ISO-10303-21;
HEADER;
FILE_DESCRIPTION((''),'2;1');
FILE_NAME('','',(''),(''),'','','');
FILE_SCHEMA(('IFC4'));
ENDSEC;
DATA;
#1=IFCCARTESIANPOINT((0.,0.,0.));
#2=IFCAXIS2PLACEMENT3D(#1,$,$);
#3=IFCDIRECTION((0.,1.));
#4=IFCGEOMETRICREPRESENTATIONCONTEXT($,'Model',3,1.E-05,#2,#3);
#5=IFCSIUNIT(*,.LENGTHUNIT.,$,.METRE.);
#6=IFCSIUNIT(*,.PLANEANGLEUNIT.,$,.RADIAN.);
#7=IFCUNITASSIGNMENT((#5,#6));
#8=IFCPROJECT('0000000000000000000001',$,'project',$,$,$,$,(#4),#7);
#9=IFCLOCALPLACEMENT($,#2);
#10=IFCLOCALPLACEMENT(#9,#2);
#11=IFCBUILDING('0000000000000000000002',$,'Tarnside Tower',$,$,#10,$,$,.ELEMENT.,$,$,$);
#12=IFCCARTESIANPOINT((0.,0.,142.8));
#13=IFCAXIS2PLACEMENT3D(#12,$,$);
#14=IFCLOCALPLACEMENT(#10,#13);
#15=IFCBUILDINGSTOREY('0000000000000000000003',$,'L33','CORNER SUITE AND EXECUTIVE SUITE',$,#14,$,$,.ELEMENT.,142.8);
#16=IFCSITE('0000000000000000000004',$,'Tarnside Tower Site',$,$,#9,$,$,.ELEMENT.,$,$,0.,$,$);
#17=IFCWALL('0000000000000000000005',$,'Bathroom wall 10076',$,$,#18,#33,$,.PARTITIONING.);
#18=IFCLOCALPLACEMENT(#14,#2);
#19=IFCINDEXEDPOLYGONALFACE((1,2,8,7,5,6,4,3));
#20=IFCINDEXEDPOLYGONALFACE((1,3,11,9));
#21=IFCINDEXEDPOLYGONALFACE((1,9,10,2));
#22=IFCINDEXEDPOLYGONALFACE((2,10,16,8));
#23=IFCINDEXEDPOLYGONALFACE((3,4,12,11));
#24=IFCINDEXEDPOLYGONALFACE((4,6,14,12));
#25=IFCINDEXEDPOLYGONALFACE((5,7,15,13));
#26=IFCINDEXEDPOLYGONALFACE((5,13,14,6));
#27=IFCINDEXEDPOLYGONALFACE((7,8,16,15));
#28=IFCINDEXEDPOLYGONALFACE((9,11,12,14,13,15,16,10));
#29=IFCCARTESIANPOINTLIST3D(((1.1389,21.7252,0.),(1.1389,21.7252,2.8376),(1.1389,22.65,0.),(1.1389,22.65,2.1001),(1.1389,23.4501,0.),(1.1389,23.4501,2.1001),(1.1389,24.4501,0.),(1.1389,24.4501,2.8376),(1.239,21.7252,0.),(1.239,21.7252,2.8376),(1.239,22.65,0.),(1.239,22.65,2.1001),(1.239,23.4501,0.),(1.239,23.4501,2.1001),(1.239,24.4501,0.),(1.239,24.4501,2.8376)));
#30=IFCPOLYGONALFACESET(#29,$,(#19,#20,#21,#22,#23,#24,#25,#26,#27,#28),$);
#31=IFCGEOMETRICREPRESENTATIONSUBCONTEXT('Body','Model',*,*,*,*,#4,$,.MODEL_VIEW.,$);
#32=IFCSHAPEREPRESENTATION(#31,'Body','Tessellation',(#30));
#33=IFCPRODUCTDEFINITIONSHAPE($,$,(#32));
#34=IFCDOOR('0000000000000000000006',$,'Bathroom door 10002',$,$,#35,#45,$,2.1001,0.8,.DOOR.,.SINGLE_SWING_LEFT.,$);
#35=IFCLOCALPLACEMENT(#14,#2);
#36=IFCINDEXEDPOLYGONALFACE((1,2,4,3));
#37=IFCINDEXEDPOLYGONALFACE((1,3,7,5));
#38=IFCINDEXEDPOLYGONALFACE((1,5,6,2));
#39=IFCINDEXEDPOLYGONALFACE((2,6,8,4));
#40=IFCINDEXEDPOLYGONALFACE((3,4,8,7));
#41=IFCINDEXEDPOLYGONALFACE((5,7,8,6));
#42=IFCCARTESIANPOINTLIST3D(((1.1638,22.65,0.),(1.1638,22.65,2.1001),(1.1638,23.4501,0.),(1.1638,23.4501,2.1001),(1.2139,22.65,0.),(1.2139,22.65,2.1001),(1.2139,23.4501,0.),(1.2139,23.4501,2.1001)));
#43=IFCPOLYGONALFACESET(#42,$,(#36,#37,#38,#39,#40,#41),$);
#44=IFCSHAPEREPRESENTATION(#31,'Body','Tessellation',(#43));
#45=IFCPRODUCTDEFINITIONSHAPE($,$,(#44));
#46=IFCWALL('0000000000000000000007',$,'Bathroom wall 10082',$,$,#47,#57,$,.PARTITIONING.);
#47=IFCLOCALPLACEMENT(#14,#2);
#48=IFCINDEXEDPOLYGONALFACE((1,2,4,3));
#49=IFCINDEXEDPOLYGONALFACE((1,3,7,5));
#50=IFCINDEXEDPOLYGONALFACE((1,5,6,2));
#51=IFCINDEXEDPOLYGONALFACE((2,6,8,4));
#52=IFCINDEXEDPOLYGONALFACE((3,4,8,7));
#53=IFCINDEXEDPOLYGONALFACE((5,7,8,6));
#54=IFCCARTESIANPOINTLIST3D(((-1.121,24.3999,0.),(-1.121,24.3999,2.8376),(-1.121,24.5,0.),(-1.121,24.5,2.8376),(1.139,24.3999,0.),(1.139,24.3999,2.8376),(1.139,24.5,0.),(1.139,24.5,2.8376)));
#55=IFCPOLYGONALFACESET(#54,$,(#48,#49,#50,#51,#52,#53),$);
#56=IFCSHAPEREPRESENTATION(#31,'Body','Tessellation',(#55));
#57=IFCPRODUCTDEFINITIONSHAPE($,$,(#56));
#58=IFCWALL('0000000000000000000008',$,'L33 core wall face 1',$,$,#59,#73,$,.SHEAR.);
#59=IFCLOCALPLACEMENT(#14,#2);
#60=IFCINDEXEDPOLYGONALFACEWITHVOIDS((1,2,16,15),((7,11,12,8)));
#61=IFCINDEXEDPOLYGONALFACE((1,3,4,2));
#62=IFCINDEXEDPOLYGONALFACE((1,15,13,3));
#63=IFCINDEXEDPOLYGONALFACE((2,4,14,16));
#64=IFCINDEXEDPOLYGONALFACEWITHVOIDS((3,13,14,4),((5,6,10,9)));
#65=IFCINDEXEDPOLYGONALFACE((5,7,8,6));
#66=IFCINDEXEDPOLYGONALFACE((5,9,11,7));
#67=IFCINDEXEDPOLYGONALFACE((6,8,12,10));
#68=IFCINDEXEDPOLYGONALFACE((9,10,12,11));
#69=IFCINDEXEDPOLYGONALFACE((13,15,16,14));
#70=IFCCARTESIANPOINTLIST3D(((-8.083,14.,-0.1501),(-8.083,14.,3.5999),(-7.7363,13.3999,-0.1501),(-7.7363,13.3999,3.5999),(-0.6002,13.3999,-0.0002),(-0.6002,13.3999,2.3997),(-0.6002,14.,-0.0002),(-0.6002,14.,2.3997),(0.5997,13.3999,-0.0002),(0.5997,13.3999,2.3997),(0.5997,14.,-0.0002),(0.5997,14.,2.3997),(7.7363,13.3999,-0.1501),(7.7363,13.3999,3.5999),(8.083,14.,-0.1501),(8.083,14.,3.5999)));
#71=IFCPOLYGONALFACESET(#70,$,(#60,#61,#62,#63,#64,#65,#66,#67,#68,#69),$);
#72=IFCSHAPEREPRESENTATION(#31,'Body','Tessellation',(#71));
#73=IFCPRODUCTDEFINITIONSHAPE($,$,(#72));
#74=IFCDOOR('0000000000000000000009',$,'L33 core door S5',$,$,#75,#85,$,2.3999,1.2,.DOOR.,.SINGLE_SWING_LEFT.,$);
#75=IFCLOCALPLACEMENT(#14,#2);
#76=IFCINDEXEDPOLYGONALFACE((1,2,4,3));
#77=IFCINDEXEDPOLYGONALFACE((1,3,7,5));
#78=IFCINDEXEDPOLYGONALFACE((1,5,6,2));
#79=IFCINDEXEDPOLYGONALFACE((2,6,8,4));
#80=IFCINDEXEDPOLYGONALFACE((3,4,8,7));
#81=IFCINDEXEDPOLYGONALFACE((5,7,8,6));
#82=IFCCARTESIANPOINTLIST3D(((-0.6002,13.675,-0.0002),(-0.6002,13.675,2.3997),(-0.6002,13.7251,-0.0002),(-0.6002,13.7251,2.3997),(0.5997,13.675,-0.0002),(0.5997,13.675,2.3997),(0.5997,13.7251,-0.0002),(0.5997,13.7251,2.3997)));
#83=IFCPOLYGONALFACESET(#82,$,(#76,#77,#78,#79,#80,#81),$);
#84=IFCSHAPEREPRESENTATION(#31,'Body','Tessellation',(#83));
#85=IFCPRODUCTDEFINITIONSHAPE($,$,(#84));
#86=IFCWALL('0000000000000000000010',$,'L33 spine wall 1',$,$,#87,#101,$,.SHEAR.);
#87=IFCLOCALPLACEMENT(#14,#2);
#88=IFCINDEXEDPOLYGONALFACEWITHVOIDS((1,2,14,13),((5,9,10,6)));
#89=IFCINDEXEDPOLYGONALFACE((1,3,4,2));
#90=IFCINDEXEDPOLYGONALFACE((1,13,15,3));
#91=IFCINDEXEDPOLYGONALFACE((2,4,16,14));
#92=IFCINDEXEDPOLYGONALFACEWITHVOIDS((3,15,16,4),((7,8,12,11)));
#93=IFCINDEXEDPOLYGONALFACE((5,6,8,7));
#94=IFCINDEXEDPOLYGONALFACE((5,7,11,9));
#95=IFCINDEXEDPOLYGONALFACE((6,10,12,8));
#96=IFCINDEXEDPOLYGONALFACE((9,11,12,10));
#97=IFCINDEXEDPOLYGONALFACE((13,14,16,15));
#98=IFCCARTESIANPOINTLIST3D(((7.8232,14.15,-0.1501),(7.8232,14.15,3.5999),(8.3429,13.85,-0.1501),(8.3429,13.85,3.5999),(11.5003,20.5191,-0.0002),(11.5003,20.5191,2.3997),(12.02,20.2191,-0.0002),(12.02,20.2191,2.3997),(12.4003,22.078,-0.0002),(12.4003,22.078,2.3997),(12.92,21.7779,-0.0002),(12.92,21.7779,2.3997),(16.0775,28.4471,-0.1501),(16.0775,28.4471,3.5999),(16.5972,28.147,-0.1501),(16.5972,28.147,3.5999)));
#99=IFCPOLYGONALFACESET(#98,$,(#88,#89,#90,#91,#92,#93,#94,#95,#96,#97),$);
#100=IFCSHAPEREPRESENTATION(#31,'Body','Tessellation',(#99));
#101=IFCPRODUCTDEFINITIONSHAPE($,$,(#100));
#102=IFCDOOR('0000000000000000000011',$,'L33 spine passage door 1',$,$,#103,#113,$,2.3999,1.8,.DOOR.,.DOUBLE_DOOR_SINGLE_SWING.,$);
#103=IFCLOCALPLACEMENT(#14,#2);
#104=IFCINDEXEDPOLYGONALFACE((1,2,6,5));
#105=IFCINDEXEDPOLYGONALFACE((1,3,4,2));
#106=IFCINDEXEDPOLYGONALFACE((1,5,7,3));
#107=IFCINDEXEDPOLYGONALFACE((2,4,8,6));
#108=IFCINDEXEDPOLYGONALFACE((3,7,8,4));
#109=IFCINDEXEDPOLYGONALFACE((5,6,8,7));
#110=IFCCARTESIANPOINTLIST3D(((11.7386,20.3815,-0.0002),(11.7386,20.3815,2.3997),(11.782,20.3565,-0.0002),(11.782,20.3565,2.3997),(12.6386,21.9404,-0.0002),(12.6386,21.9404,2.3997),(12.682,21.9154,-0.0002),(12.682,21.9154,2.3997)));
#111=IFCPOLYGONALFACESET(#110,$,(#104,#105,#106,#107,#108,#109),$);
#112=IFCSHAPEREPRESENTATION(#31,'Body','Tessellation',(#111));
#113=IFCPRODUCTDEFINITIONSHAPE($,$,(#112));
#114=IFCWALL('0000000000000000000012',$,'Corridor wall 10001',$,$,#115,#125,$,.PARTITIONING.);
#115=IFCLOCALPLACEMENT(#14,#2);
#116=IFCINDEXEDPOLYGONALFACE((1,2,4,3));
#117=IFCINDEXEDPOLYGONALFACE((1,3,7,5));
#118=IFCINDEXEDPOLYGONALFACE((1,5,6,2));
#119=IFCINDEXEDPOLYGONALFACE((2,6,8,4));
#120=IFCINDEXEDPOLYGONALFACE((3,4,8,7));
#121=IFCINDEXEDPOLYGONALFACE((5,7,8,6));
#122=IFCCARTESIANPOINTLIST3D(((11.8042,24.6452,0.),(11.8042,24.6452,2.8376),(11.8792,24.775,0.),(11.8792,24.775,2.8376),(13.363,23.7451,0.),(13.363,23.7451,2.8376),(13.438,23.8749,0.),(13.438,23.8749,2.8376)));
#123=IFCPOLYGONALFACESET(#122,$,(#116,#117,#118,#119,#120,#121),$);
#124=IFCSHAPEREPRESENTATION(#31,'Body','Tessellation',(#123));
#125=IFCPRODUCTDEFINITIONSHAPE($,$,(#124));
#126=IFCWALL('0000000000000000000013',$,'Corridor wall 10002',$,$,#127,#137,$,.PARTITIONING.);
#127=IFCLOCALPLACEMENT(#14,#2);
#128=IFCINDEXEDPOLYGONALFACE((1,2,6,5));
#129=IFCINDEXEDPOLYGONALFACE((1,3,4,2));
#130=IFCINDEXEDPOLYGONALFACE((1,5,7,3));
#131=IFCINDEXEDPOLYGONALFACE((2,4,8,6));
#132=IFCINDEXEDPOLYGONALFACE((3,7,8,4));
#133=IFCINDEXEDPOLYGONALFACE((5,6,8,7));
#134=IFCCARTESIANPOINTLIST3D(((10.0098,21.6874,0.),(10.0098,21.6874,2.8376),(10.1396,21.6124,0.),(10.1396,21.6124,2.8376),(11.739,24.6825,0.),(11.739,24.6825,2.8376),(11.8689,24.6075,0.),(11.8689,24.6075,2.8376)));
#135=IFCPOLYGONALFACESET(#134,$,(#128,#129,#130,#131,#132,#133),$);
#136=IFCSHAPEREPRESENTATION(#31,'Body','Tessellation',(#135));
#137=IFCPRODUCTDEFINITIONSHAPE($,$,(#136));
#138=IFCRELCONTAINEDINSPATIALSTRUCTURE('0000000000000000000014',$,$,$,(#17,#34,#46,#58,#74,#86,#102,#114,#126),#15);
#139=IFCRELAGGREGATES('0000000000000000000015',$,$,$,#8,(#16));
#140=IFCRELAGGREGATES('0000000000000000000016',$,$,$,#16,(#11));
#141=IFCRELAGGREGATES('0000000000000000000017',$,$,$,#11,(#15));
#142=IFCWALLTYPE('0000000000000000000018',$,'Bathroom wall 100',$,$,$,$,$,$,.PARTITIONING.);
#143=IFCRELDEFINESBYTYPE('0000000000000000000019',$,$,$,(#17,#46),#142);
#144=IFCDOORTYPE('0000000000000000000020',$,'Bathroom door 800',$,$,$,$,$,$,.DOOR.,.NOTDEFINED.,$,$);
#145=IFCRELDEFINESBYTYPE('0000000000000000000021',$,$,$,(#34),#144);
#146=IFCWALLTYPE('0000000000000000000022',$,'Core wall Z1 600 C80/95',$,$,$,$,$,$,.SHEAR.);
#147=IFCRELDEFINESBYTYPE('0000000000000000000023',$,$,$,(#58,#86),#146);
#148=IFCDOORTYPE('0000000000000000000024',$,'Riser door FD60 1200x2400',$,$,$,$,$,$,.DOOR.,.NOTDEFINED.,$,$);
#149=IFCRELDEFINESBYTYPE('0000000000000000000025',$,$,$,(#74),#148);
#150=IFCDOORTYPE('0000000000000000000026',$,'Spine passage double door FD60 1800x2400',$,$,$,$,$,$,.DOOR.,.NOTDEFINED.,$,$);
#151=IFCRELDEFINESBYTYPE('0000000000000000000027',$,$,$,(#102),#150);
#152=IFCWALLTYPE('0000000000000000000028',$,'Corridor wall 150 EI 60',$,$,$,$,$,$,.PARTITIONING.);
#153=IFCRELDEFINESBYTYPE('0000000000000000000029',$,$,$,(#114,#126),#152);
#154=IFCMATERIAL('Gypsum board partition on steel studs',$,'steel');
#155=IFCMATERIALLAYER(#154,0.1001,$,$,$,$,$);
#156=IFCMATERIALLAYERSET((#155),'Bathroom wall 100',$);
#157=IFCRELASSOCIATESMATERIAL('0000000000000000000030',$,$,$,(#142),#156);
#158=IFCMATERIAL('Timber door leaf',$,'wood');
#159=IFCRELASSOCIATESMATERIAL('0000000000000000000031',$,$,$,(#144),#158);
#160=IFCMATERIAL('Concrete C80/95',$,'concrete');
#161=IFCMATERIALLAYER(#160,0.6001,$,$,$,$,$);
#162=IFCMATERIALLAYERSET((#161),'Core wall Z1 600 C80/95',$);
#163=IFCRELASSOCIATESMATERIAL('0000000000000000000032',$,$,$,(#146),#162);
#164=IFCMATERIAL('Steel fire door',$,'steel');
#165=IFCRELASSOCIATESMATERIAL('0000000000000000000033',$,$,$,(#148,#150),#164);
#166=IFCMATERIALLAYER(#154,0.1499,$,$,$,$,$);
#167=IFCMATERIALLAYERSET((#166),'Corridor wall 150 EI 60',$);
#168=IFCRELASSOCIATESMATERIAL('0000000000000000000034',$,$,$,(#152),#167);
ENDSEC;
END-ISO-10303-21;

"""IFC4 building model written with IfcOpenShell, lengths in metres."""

from ifc_helpers import new_model, si_unit, direction, frame, frame_2d, origin, place, context, subcontext, project, spatial, polyline, rectangle, outline, extrude, material, layer, layer_set, type_object, element, fill, save


model = new_model("IFC4")

# Units and contexts
model_context = context("Model", 3, precision=1e-05, world=origin(), true_north=direction((0.0, 1.0)))
body_context = subcontext(model_context, "Body", "Model", "MODEL_VIEW")
ifc_project = project(units=[si_unit("LENGTHUNIT", "METRE"), si_unit("PLANEANGLEUNIT", "RADIAN")], contexts=[model_context])

# Site, building, storey
site_placement = place(None, origin())
site = spatial("IfcSite", under=ifc_project, at=site_placement, Name="Tarnside Tower Site", CompositionType="ELEMENT", RefElevation=0.0)
building_placement = place(site_placement, origin())
building = spatial("IfcBuilding", under=site, at=building_placement, Name="Tarnside Tower", CompositionType="ELEMENT")
storey_placement = place(building_placement, frame((0.0, 0.0, 142.8)))
storey = spatial("IfcBuildingStorey", under=building, at=storey_placement, Name="L33", Description="CORNER SUITE AND EXECUTIVE SUITE", CompositionType="ELEMENT", Elevation=142.8)

# Wall, opening, door
ifc_material_1 = material(Name="Gypsum board partition on steel studs", Category="steel")
ifc_layer_1 = layer(ifc_material_1, 0.1001)
ifc_layer_set_1 = layer_set([ifc_layer_1], Name="Bathroom wall 100")
wall_type_1 = type_object("IfcWallType", Name="Bathroom wall 100", PredefinedType="PARTITIONING", material=ifc_layer_set_1)
wall_1_placement = place(storey_placement, frame((1.189, 24.45, 0.0), z_axis=(0.0, 0.0, 1.0), x_axis=(0.0, -1.0, 0.0)))
wall_1 = element("IfcWall", 1, at=wall_1_placement, inside=storey, type_object=wall_type_1, Name="Bathroom wall 10076", PredefinedType="PARTITIONING", context=body_context, shape_type="SweptSolid", body=[
    extrude(rectangle(XDim=2.7249, YDim=0.1001, at=frame_2d((1.3623, 0.0))), origin(), (0.0, 0.0, 1.0), 2.8376),
])
opening_1_placement = place(wall_1_placement, frame((1.0, 0.0, 0.0)))
opening_1 = element("IfcOpeningElement", 2, at=opening_1_placement, cuts=wall_1, PredefinedType="OPENING", context=body_context, shape_type="SweptSolid", body=[
    extrude(rectangle(XDim=0.8, YDim=2.1001, at=frame_2d((0.3999, 1.05))), frame((0.0, 0.0601, 0.0), z_axis=(0.0, -1.0, 0.0), x_axis=(1.0, 0.0, 0.0)), (0.0, 0.0, 1.0), 0.1201),
])
ifc_material_2 = material(Name="Timber door leaf", Category="wood")
door_type_1 = type_object("IfcDoorType", Name="Bathroom door 800", OperationType="NOTDEFINED", PredefinedType="DOOR", material=ifc_material_2)
door_1_placement = place(opening_1_placement, origin())
door_1 = element("IfcDoor", 3, at=door_1_placement, inside=storey, type_object=door_type_1, Name="Bathroom door 10002", OperationType="SINGLE_SWING_LEFT", OverallHeight=2.1001, OverallWidth=0.8, PredefinedType="DOOR", context=body_context, shape_type="SweptSolid", body=[
    extrude(rectangle(XDim=0.8, YDim=2.1001, at=frame_2d((0.3999, 1.05))), frame((0.0, 0.0249, 0.0), z_axis=(0.0, -1.0, 0.0), x_axis=(1.0, 0.0, 0.0)), (0.0, 0.0, 1.0), 0.05),
])
fill(opening_1, door_1)

# Wall
wall_2_placement = place(storey_placement, frame((1.1389, 24.45, 0.0), z_axis=(0.0, 0.0, 1.0), x_axis=(-1.0, 0.0, 0.0)))
element("IfcWall", 4, at=wall_2_placement, inside=storey, type_object=wall_type_1, Name="Bathroom wall 10082", PredefinedType="PARTITIONING", context=body_context, shape_type="SweptSolid", body=[
    extrude(rectangle(XDim=2.26, YDim=0.1001, at=frame_2d((1.1299, 0.0))), origin(), (0.0, 0.0, 1.0), 2.8376),
])

# Walls, openings, doors
ifc_material_3 = material(Name="Concrete C80/95", Category="concrete")
ifc_layer_2 = layer(ifc_material_3, 0.6001)
ifc_layer_set_2 = layer_set([ifc_layer_2], Name="Core wall Z1 600 C80/95")
wall_type_2 = type_object("IfcWallType", Name="Core wall Z1 600 C80/95", PredefinedType="SHEAR", material=ifc_layer_set_2)
wall_3_placement = place(storey_placement, frame((7.9097, 13.7, -0.1501), z_axis=(0.0, 0.0, 1.0), x_axis=(-1.0, 0.0, 0.0)))
wall_3 = element("IfcWall", 5, at=wall_3_placement, inside=storey, type_object=wall_type_2, Name="L33 core wall face 1", PredefinedType="SHEAR", context=body_context, shape_type="SweptSolid", body=[
    extrude(outline(polyline([(-0.1733, -0.3), (15.9927, -0.3), (15.646, 0.3), (0.1733, 0.3), (-0.1733, -0.3)])), origin(), (0.0, 0.0, 1.0), 3.75),
])
opening_2_placement = place(wall_3_placement, frame((7.3098, 0.0, 0.1499)))
opening_2 = element("IfcOpeningElement", 6, at=opening_2_placement, cuts=wall_3, PredefinedType="OPENING", context=body_context, shape_type="SweptSolid", body=[
    extrude(rectangle(XDim=1.2, YDim=2.3999, at=frame_2d((0.6001, 1.2))), frame((0.0, 0.3101, 0.0), z_axis=(0.0, -1.0, 0.0), x_axis=(1.0, 0.0, 0.0)), (0.0, 0.0, 1.0), 0.6201),
])
ifc_material_4 = material(Name="Steel fire door", Category="steel")
door_type_2 = type_object("IfcDoorType", Name="Riser door FD60 1200x2400", OperationType="NOTDEFINED", PredefinedType="DOOR", material=ifc_material_4)
door_2_placement = place(opening_2_placement, origin())
door_2 = element("IfcDoor", 7, at=door_2_placement, inside=storey, type_object=door_type_2, Name="L33 core door S5", OperationType="SINGLE_SWING_LEFT", OverallHeight=2.3999, OverallWidth=1.2, PredefinedType="DOOR", context=body_context, shape_type="SweptSolid", body=[
    extrude(rectangle(XDim=1.2, YDim=2.3999, at=frame_2d((0.6001, 1.2))), frame((0.0, 0.0249, 0.0), z_axis=(0.0, -1.0, 0.0), x_axis=(1.0, 0.0, 0.0)), (0.0, 0.0, 1.0), 0.05),
])
fill(opening_2, door_2)
wall_4_placement = place(storey_placement, frame((8.083, 14.0, -0.1501), z_axis=(0.0, 0.0, 1.0), x_axis=(0.499998, 0.866027, 0.0)))
wall_4 = element("IfcWall", 8, at=wall_4_placement, inside=storey, type_object=wall_type_2, Name="L33 spine wall 1", PredefinedType="SHEAR", context=body_context, shape_type="SweptSolid", body=[
    extrude(rectangle(XDim=16.5088, YDim=0.6001, at=frame_2d((8.2544, 0.0))), origin(), (0.0, 0.0, 1.0), 3.75),
])
opening_3_placement = place(wall_4_placement, frame((7.3545, 0.0, 0.1499)))
opening_3 = element("IfcOpeningElement", 9, at=opening_3_placement, cuts=wall_4, PredefinedType="OPENING", context=body_context, shape_type="SweptSolid", body=[
    extrude(rectangle(XDim=1.8, YDim=2.3999, at=frame_2d((0.8999, 1.2))), frame((0.0, 0.3101, 0.0), z_axis=(0.0, -1.0, 0.0), x_axis=(1.0, 0.0, 0.0)), (0.0, 0.0, 1.0), 0.6201),
])
door_type_3 = type_object("IfcDoorType", Name="Spine passage double door FD60 1800x2400", OperationType="NOTDEFINED", PredefinedType="DOOR", material=ifc_material_4)
door_3_placement = place(opening_3_placement, origin())
door_3 = element("IfcDoor", 10, at=door_3_placement, inside=storey, type_object=door_type_3, Name="L33 spine passage door 1", OperationType="DOUBLE_DOOR_SINGLE_SWING", OverallHeight=2.3999, OverallWidth=1.8, PredefinedType="DOOR", context=body_context, shape_type="SweptSolid", body=[
    extrude(rectangle(XDim=1.8, YDim=2.3999, at=frame_2d((0.8999, 1.2))), frame((0.0, 0.0249, 0.0), z_axis=(0.0, -1.0, 0.0), x_axis=(1.0, 0.0, 0.0)), (0.0, 0.0, 1.0), 0.05),
])
fill(opening_3, door_3)

# Walls
ifc_layer_3 = layer(ifc_material_1, 0.1499)
ifc_layer_set_3 = layer_set([ifc_layer_3], Name="Corridor wall 150 EI 60")
wall_type_3 = type_object("IfcWallType", Name="Corridor wall 150 EI 60", PredefinedType="PARTITIONING", material=ifc_layer_set_3)
wall_5_placement = place(storey_placement, frame((13.4004, 23.8101, 0.0), z_axis=(0.0, 0.0, 1.0), x_axis=(-0.865989, 0.500063, 0.0)))
element("IfcWall", 11, at=wall_5_placement, inside=storey, type_object=wall_type_3, Name="Corridor wall 10001", PredefinedType="PARTITIONING", context=body_context, shape_type="SweptSolid", body=[
    extrude(rectangle(XDim=1.8, YDim=0.1499, at=frame_2d((0.8999, 0.0))), origin(), (0.0, 0.0, 1.0), 2.8376),
])
wall_6_placement = place(storey_placement, frame((11.804, 24.645, 0.0), z_axis=(0.0, 0.0, 1.0), x_axis=(-0.500004, -0.866023, 0.0)))
element("IfcWall", 12, at=wall_6_placement, inside=storey, type_object=wall_type_3, Name="Corridor wall 10002", PredefinedType="PARTITIONING", context=body_context, shape_type="SweptSolid", body=[
    extrude(rectangle(XDim=3.4585, YDim=0.1499, at=frame_2d((1.7292, 0.0))), origin(), (0.0, 0.0, 1.0), 2.8376),
])

save(model, "model.ifc")
